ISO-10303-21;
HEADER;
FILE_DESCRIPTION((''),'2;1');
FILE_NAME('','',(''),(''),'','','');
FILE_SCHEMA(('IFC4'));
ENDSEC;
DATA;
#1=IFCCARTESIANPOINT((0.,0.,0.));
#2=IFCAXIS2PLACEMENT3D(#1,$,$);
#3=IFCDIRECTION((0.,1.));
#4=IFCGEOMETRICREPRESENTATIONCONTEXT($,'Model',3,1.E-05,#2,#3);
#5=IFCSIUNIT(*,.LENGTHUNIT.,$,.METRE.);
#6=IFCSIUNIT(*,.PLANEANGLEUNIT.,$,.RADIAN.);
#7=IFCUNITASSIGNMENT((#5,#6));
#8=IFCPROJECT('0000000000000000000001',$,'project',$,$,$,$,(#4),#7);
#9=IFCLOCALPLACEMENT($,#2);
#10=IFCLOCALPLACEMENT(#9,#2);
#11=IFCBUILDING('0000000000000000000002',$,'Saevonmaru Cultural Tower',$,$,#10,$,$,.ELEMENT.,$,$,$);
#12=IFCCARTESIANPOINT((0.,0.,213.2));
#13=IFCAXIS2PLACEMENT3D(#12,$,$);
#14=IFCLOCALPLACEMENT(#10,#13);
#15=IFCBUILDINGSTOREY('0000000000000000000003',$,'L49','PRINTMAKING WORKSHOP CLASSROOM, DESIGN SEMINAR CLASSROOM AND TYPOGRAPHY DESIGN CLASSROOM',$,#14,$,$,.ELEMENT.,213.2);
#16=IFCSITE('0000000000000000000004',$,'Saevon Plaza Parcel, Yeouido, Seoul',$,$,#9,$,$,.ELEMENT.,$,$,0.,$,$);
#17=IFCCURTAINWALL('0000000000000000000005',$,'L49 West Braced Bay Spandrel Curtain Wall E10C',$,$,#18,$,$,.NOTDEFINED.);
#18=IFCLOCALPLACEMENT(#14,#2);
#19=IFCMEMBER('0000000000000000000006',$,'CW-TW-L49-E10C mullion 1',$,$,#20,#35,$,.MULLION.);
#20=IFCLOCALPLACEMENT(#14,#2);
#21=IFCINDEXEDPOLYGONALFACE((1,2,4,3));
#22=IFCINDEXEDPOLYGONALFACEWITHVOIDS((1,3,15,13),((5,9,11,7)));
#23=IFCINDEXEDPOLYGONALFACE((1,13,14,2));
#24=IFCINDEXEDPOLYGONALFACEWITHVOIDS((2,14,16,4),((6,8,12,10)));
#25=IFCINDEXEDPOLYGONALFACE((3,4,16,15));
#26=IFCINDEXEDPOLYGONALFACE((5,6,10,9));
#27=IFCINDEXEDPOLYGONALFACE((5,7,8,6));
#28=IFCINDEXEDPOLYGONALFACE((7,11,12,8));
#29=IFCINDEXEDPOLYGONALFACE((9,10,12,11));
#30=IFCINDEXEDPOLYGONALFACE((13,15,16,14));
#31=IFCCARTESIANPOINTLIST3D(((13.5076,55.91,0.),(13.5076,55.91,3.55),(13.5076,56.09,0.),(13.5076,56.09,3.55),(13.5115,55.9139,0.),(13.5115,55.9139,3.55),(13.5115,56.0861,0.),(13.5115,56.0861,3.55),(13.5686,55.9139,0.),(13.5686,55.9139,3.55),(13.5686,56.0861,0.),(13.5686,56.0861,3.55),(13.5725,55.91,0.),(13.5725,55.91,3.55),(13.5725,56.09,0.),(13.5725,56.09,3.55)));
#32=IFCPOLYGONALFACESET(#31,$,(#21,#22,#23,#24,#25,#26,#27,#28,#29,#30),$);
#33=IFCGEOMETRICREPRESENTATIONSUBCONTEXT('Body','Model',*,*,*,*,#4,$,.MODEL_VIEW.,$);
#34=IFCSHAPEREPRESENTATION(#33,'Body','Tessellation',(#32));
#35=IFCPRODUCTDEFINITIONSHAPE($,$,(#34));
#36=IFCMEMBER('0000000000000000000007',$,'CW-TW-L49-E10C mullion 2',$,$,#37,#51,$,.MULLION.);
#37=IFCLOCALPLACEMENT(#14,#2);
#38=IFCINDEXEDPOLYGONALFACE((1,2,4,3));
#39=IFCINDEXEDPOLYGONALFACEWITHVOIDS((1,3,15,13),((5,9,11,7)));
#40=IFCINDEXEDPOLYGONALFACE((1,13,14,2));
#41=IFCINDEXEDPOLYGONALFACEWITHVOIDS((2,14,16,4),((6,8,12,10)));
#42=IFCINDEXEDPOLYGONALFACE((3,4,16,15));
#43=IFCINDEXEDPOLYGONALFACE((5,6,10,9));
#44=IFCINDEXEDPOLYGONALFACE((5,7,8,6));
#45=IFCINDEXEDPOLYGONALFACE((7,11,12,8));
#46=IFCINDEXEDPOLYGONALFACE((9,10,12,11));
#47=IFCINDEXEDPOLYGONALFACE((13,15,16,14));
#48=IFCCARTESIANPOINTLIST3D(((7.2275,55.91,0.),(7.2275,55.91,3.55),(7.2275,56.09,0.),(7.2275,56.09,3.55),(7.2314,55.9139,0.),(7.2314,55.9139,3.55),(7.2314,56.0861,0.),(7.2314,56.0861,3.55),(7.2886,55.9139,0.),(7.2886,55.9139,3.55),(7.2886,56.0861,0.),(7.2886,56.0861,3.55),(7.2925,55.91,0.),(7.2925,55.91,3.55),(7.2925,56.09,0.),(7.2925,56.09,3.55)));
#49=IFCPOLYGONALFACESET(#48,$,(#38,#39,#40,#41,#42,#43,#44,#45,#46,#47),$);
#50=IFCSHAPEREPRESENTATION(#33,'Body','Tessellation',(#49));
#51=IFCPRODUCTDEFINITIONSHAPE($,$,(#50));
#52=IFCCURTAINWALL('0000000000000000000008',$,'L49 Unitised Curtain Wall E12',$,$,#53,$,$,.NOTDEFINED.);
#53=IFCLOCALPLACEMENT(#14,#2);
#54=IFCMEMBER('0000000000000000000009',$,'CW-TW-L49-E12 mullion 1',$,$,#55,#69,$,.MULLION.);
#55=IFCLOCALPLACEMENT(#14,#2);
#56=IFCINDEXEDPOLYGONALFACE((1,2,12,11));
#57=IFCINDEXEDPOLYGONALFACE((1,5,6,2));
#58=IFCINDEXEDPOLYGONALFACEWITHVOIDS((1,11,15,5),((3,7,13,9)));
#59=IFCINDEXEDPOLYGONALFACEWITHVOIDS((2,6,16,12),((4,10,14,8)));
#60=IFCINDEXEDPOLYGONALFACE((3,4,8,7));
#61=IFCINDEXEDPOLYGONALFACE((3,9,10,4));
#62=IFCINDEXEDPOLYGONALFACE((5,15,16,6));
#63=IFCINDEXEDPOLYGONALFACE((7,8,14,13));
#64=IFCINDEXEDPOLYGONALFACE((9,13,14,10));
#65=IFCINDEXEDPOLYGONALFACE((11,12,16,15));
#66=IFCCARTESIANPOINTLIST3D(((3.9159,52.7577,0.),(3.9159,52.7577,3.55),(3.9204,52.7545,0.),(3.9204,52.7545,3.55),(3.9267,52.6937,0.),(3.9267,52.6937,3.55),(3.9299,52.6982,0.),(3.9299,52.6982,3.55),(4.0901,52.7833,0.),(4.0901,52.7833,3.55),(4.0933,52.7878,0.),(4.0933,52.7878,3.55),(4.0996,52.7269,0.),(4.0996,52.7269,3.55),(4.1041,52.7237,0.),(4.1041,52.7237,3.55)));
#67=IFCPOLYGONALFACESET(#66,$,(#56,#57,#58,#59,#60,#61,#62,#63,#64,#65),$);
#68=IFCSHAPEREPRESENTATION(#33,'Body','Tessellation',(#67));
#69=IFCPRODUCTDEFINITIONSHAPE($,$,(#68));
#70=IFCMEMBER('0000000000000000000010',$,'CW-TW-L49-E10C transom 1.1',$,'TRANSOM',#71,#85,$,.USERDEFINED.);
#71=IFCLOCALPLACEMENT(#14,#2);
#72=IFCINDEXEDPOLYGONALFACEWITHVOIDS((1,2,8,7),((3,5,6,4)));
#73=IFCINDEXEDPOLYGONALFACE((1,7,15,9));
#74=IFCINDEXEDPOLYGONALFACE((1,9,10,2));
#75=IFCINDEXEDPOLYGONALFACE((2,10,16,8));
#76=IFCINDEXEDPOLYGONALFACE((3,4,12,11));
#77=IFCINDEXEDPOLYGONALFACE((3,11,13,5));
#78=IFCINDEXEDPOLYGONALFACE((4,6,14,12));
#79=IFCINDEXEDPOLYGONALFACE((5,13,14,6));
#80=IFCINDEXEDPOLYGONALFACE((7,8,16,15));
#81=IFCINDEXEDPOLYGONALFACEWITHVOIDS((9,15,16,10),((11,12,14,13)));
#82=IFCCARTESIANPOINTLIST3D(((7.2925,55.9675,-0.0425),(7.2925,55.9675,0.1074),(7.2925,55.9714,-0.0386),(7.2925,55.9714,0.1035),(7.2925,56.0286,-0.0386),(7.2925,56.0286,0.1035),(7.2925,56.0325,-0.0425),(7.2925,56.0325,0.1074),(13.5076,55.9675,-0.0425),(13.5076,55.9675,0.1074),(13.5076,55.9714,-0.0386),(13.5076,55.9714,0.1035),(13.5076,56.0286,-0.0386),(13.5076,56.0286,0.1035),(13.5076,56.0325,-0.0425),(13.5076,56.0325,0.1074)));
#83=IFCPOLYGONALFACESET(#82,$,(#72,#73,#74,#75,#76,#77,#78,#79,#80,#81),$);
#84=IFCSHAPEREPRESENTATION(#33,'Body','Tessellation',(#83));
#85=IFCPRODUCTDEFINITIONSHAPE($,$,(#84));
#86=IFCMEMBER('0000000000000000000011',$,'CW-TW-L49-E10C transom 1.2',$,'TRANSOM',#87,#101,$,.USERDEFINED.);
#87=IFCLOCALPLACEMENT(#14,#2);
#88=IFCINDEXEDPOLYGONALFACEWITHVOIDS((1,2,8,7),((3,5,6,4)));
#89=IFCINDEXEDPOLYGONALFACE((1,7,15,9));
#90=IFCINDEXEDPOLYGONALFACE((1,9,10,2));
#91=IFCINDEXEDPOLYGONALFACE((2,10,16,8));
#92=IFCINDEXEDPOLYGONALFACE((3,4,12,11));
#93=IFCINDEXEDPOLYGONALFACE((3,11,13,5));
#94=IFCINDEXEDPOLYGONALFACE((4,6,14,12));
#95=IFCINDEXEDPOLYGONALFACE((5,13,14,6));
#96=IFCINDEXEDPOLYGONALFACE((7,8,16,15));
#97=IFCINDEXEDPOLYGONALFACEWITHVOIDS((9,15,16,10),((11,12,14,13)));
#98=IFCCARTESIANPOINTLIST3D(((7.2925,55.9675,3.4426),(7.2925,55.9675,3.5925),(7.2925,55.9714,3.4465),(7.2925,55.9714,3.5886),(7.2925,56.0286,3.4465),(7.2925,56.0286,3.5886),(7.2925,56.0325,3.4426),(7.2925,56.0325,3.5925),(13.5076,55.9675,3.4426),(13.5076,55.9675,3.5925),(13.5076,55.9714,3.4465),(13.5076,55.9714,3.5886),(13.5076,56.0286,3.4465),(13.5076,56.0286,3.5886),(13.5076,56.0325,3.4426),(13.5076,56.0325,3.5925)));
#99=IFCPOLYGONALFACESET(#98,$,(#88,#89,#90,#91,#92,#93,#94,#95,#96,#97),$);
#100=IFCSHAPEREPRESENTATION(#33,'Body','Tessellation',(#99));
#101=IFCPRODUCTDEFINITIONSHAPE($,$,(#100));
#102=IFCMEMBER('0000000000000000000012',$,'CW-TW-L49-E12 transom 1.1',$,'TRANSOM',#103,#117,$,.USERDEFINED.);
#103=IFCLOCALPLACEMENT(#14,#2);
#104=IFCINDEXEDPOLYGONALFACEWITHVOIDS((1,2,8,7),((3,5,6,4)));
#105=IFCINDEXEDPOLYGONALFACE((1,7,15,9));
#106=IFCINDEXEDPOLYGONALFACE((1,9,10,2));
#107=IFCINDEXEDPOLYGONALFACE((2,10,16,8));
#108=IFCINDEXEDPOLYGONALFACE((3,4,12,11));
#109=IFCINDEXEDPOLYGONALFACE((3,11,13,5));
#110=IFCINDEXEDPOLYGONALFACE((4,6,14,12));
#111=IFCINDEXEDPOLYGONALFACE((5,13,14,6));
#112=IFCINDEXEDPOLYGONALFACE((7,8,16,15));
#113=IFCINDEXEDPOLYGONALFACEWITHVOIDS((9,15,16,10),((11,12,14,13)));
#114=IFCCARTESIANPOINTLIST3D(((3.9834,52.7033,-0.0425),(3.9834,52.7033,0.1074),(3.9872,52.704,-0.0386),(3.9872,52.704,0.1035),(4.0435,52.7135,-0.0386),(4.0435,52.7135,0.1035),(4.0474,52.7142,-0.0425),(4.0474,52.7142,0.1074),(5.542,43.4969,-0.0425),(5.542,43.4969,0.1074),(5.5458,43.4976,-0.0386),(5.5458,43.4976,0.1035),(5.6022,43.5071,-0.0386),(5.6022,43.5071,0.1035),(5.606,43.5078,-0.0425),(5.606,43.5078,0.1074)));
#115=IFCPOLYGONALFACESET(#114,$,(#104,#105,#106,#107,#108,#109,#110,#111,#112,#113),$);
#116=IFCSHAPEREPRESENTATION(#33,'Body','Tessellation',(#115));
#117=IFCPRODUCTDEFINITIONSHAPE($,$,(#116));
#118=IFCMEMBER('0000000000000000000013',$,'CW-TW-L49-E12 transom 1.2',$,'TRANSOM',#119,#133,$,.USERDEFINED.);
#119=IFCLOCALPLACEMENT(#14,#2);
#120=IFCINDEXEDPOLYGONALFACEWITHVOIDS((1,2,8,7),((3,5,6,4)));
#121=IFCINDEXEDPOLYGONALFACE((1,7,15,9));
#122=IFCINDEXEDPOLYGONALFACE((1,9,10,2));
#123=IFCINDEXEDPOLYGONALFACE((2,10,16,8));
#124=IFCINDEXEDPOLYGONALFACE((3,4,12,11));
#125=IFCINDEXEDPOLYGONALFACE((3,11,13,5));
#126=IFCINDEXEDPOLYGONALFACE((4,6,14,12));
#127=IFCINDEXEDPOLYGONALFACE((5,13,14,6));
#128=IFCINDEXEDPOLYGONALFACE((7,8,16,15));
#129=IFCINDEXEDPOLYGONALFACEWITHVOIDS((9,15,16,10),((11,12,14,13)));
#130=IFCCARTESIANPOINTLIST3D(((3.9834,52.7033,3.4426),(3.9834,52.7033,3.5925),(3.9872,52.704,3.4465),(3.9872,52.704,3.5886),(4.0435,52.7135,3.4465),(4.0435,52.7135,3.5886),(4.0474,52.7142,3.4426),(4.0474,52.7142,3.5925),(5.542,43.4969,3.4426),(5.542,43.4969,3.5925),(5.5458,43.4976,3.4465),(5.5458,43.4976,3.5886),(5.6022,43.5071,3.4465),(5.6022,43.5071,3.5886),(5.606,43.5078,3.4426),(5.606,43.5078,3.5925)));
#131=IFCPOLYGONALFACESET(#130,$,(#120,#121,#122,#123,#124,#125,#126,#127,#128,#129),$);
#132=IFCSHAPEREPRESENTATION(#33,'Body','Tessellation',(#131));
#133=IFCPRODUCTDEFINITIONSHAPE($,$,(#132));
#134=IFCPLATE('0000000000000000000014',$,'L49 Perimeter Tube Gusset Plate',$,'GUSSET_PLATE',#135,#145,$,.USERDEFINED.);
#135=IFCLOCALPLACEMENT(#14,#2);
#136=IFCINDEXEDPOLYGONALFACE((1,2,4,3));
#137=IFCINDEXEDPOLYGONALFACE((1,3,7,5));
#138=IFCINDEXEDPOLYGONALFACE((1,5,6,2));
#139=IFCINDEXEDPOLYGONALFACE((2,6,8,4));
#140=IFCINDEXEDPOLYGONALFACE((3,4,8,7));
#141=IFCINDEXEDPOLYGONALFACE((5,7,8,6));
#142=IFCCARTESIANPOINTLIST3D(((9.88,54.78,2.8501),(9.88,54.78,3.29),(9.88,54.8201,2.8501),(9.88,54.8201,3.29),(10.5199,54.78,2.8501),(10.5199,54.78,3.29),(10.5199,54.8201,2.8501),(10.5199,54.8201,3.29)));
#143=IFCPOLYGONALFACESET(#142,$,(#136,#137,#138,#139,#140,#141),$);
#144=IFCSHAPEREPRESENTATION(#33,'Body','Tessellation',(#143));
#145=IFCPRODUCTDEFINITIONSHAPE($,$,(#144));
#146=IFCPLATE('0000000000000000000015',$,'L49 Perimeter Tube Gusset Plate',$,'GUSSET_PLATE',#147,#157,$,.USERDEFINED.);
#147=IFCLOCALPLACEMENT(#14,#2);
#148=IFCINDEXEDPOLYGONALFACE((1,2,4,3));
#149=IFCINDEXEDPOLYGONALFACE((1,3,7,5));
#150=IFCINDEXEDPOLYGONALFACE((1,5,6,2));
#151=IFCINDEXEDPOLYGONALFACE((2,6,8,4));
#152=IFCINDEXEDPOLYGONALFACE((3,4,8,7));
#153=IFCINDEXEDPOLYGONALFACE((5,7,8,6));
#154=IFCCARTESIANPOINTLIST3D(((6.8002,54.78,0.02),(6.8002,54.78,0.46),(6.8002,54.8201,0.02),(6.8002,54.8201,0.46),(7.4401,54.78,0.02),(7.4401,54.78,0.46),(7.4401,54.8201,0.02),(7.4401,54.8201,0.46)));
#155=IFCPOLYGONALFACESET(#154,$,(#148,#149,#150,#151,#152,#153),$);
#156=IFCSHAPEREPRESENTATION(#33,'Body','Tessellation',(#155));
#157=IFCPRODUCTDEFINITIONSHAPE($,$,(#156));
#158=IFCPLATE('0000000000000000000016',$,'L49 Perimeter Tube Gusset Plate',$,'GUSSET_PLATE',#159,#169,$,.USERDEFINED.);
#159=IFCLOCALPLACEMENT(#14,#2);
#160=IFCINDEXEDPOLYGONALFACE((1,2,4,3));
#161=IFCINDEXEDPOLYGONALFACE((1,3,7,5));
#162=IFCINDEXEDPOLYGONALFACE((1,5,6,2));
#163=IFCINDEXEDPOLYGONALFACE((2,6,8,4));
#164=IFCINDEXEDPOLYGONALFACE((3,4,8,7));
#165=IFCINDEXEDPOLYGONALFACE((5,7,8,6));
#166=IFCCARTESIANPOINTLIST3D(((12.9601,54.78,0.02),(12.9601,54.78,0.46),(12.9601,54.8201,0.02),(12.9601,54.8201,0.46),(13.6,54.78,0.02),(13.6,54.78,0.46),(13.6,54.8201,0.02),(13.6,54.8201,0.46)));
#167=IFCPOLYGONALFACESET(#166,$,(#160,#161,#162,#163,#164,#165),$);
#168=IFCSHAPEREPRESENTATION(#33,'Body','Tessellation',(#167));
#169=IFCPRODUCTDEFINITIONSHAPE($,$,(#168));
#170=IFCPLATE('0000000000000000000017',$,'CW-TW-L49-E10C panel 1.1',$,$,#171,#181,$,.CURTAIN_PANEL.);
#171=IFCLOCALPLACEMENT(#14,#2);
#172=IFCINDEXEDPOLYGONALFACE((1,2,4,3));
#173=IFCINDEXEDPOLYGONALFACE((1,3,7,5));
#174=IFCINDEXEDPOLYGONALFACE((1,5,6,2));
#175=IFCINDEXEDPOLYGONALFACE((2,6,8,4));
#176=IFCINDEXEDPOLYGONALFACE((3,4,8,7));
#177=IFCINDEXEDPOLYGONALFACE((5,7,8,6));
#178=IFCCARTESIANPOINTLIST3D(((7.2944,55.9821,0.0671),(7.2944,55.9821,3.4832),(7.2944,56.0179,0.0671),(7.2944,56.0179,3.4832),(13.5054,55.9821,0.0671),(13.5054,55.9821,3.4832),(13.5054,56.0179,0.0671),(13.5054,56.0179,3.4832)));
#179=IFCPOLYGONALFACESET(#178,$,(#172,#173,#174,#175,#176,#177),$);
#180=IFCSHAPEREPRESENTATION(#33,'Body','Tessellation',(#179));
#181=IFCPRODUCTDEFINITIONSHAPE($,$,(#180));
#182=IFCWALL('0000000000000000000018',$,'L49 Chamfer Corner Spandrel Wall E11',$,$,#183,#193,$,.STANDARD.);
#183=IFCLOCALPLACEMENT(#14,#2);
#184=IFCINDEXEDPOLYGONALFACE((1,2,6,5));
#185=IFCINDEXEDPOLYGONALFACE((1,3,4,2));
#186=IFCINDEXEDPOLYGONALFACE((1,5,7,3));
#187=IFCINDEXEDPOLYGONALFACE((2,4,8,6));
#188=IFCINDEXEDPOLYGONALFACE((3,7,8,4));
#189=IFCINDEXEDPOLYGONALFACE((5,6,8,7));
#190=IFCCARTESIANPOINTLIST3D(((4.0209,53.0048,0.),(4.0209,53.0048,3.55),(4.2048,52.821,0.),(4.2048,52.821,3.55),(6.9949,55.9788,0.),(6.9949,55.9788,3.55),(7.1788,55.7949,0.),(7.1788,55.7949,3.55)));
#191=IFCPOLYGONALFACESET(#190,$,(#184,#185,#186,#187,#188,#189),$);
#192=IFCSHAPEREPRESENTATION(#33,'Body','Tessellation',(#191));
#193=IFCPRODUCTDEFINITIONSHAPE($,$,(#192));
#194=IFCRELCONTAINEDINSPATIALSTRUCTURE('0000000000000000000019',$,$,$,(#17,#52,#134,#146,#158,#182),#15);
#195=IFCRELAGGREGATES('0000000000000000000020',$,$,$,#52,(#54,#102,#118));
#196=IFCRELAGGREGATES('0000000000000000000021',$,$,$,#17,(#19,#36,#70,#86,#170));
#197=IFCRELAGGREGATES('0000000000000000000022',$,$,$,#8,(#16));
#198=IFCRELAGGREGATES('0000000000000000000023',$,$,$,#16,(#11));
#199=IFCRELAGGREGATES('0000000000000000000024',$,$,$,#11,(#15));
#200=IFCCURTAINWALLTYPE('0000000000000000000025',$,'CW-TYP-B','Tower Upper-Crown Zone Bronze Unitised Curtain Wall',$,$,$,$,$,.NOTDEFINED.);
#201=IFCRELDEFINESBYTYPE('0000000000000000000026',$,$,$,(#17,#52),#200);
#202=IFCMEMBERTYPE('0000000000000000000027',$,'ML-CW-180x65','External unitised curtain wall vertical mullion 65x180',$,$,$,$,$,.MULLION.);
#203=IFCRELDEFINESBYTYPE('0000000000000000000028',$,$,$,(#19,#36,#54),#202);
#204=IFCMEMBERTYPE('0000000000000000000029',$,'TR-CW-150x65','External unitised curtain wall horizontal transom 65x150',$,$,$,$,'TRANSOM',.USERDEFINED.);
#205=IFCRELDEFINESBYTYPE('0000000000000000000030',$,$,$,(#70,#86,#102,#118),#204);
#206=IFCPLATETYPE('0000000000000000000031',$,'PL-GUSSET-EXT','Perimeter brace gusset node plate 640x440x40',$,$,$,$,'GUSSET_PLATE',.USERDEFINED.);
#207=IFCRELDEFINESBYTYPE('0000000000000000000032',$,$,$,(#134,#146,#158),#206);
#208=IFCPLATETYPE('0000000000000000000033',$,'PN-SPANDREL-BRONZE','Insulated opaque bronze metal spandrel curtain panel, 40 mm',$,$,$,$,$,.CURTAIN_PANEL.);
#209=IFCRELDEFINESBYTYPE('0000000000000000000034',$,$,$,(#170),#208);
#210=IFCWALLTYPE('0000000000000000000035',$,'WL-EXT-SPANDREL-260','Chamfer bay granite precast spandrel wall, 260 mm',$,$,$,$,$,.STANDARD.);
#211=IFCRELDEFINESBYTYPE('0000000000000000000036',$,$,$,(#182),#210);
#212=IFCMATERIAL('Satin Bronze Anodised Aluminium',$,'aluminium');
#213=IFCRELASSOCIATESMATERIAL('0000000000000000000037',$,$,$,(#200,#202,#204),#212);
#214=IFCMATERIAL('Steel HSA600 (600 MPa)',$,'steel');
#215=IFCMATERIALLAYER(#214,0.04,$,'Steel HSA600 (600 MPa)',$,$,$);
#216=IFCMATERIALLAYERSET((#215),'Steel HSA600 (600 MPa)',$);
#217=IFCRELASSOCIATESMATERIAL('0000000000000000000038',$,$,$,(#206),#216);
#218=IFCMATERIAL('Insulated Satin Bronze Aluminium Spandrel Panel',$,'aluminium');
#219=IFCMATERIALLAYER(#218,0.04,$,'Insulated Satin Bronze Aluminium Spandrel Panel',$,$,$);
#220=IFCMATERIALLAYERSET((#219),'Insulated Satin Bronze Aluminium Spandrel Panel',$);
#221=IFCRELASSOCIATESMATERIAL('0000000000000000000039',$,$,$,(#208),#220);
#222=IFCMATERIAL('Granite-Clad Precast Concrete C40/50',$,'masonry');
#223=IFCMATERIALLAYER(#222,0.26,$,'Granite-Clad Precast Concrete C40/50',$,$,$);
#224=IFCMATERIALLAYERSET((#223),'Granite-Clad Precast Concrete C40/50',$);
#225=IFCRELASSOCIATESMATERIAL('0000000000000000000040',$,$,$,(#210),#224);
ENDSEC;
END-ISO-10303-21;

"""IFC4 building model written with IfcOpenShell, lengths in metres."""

from ifc_helpers import new_model, si_unit, direction, frame, frame_2d, origin, origin_2d, place, context, subcontext, project, spatial, rectangle, hollow_rectangle, extrude, material, layer, layer_set, material_profile, profile_set, type_object, element, aggregate, save


model = new_model("IFC4")

# Units and contexts
model_context = context("Model", 3, precision=1e-05, world=origin(), true_north=direction((0.0, 1.0)))
body_context = subcontext(model_context, "Body", "Model", "MODEL_VIEW")
ifc_project = project(units=[si_unit("LENGTHUNIT", "METRE"), si_unit("PLANEANGLEUNIT", "RADIAN")], contexts=[model_context])

# Site, building, storey
site_placement = place(None, origin())
site = spatial("IfcSite", under=ifc_project, at=site_placement, Name="Saevon Plaza Parcel, Yeouido, Seoul", CompositionType="ELEMENT", RefElevation=0.0)
building_placement = place(site_placement, origin())
building = spatial("IfcBuilding", under=site, at=building_placement, Name="Saevonmaru Cultural Tower", CompositionType="ELEMENT")
storey_placement = place(building_placement, frame((0.0, 0.0, 213.2)))
storey = spatial("IfcBuildingStorey", under=building, at=storey_placement, Name="L49", Description="PRINTMAKING WORKSHOP CLASSROOM, DESIGN SEMINAR CLASSROOM AND TYPOGRAPHY DESIGN CLASSROOM", CompositionType="ELEMENT", Elevation=213.2)

# Curtain wall, members
ifc_material_1 = material(Name="Satin Bronze Anodised Aluminium", Category="aluminium")
curtain_wall_type = type_object("IfcCurtainWallType", Name="CW-TYP-B", Description="Tower Upper-Crown Zone Bronze Unitised Curtain Wall", PredefinedType="NOTDEFINED", material=ifc_material_1)
curtain_wall_1_placement = place(storey_placement, origin())
curtain_wall_1 = element("IfcCurtainWall", 1, at=curtain_wall_1_placement, inside=storey, type_object=curtain_wall_type, Name="L49 West Braced Bay Spandrel Curtain Wall E10C", PredefinedType="NOTDEFINED")
ifc_material_profile_1 = material_profile(ifc_material_1, hollow_rectangle(XDim=0.0649, YDim=0.1799, WallThickness=0.0039, at=origin_2d()), Name="ALU-MULL-180x65x4")
ifc_profile_set_1 = profile_set([ifc_material_profile_1], Name="Satin Bronze Anodised Aluminium")
member_type_1 = type_object("IfcMemberType", Name="ML-CW-180x65", Description="External unitised curtain wall vertical mullion 65x180", PredefinedType="MULLION", material=ifc_profile_set_1)
member_1_placement = place(storey_placement, frame((13.54, 56.0, 0.0), z_axis=(0.0, 0.0, 1.0), x_axis=(-1.0, 0.0, 0.0)))
member_1 = element("IfcMember", 2, at=member_1_placement, type_object=member_type_1, Name="CW-TW-L49-E10C mullion 1", PredefinedType="MULLION", context=body_context, shape_type="SweptSolid", body=[
    extrude(hollow_rectangle(XDim=0.0649, YDim=0.1799, WallThickness=0.0039, at=origin_2d()), origin(), (0.0, 0.0, 1.0), 3.55),
])
member_2_placement = place(storey_placement, frame((7.26, 56.0, 0.0), z_axis=(0.0, 0.0, 1.0), x_axis=(-1.0, 0.0, 0.0)))
member_2 = element("IfcMember", 3, at=member_2_placement, type_object=member_type_1, Name="CW-TW-L49-E10C mullion 2", PredefinedType="MULLION", context=body_context, shape_type="SweptSolid", body=[
    extrude(hollow_rectangle(XDim=0.0649, YDim=0.1799, WallThickness=0.0039, at=origin_2d()), origin(), (0.0, 0.0, 1.0), 3.55),
])

# Curtain wall, member
curtain_wall_2_placement = place(storey_placement, origin())
curtain_wall_2 = element("IfcCurtainWall", 4, at=curtain_wall_2_placement, inside=storey, type_object=curtain_wall_type, Name="L49 Unitised Curtain Wall E12", PredefinedType="NOTDEFINED")
member_3_placement = place(storey_placement, frame((4.01, 52.7407, 0.0), z_axis=(0.0, 0.0, 1.0), x_axis=(0.166922, -0.98597, 0.0)))
member_3 = element("IfcMember", 5, at=member_3_placement, type_object=member_type_1, Name="CW-TW-L49-E12 mullion 1", PredefinedType="MULLION", context=body_context, shape_type="SweptSolid", body=[
    extrude(hollow_rectangle(XDim=0.0649, YDim=0.1799, WallThickness=0.0039, at=origin_2d()), origin(), (0.0, 0.0, 1.0), 3.55),
])

# Members
ifc_material_profile_2 = material_profile(ifc_material_1, hollow_rectangle(XDim=0.0649, YDim=0.1499, WallThickness=0.0039, at=origin_2d()), Name="ALU-TRAN-150x65x4")
ifc_profile_set_2 = profile_set([ifc_material_profile_2], Name="Satin Bronze Anodised Aluminium")
member_type_2 = type_object("IfcMemberType", Name="TR-CW-150x65", Description="External unitised curtain wall horizontal transom 65x150", ElementType="TRANSOM", PredefinedType="USERDEFINED", material=ifc_profile_set_2)
member_4_placement = place(storey_placement, frame((13.5076, 56.0, 0.0325), z_axis=(-1.0, 0.0, 0.0), x_axis=(0.0, -1.0, 0.0)))
member_4 = element("IfcMember", 6, at=member_4_placement, type_object=member_type_2, Name="CW-TW-L49-E10C transom 1.1", ObjectType="TRANSOM", PredefinedType="USERDEFINED", context=body_context, shape_type="SweptSolid", body=[
    extrude(hollow_rectangle(XDim=0.0649, YDim=0.1499, WallThickness=0.0039, at=origin_2d()), origin(), (0.0, 0.0, 1.0), 6.2151),
])
member_5_placement = place(storey_placement, frame((13.5076, 56.0, 3.5176), z_axis=(-1.0, 0.0, 0.0), x_axis=(0.0, -1.0, 0.0)))
member_5 = element("IfcMember", 7, at=member_5_placement, type_object=member_type_2, Name="CW-TW-L49-E10C transom 1.2", ObjectType="TRANSOM", PredefinedType="USERDEFINED", context=body_context, shape_type="SweptSolid", body=[
    extrude(hollow_rectangle(XDim=0.0649, YDim=0.1499, WallThickness=0.0039, at=origin_2d()), origin(), (0.0, 0.0, 1.0), 6.2151),
])
member_6_placement = place(storey_placement, frame((4.0154, 52.7087, 0.0325), z_axis=(0.166921, -0.98597, 0.0), x_axis=(0.98597, 0.166921, 0.0)))
member_6 = element("IfcMember", 8, at=member_6_placement, type_object=member_type_2, Name="CW-TW-L49-E12 transom 1.1", ObjectType="TRANSOM", PredefinedType="USERDEFINED", context=body_context, shape_type="SweptSolid", body=[
    extrude(hollow_rectangle(XDim=0.0649, YDim=0.1499, WallThickness=0.0039, at=origin_2d()), origin(), (0.0, 0.0, 1.0), 9.3374),
])
member_7_placement = place(storey_placement, frame((4.0154, 52.7087, 3.5176), z_axis=(0.166921, -0.98597, 0.0), x_axis=(0.98597, 0.166921, 0.0)))
member_7 = element("IfcMember", 9, at=member_7_placement, type_object=member_type_2, Name="CW-TW-L49-E12 transom 1.2", ObjectType="TRANSOM", PredefinedType="USERDEFINED", context=body_context, shape_type="SweptSolid", body=[
    extrude(hollow_rectangle(XDim=0.0649, YDim=0.1499, WallThickness=0.0039, at=origin_2d()), origin(), (0.0, 0.0, 1.0), 9.3374),
])
aggregate(curtain_wall_2, [member_3, member_6, member_7])

# Plates
ifc_material_2 = material(Name="Steel HSA600 (600 MPa)", Category="steel")
ifc_layer_1 = layer(ifc_material_2, 0.04, Name="Steel HSA600 (600 MPa)")
ifc_layer_set_1 = layer_set([ifc_layer_1], Name="Steel HSA600 (600 MPa)")
plate_type_1 = type_object("IfcPlateType", Name="PL-GUSSET-EXT", Description="Perimeter brace gusset node plate 640x440x40", ElementType="GUSSET_PLATE", PredefinedType="USERDEFINED", material=ifc_layer_set_1)
for number, where, z_axis, x_axis, name in (
    (10, (10.2, 54.8, 2.8501), (0.0, 0.0, 1.0), (1.0, 0.0, 0.0), "L49 Perimeter Tube Gusset Plate"),
    (11, (7.1201, 54.8, 0.02), (0.0, 0.0, 1.0), (1.0, 0.0, 0.0), "L49 Perimeter Tube Gusset Plate"),
    (12, (13.28, 54.8, 0.02), (0.0, 0.0, 1.0), (1.0, 0.0, 0.0), "L49 Perimeter Tube Gusset Plate"),
):
    element("IfcPlate", number, at=place(storey_placement, frame(where, z_axis=z_axis, x_axis=x_axis)), inside=storey, type_object=plate_type_1, Name=name, ObjectType="GUSSET_PLATE", PredefinedType="USERDEFINED", context=body_context, shape_type="SweptSolid", body=[
        extrude(rectangle(XDim=0.6399, YDim=0.04, at=origin_2d()), origin(), (0.0, 0.0, 1.0), 0.4399),
    ])

# Plate
ifc_material_3 = material(Name="Insulated Satin Bronze Aluminium Spandrel Panel", Category="aluminium")
ifc_layer_2 = layer(ifc_material_3, 0.04, Name="Insulated Satin Bronze Aluminium Spandrel Panel")
ifc_layer_set_2 = layer_set([ifc_layer_2], Name="Insulated Satin Bronze Aluminium Spandrel Panel")
plate_type_2 = type_object("IfcPlateType", Name="PN-SPANDREL-BRONZE", Description="Insulated opaque bronze metal spandrel curtain panel, 40 mm", PredefinedType="CURTAIN_PANEL", material=ifc_layer_set_2)
plate_placement = place(storey_placement, frame((10.3999, 56.0, 0.0671), z_axis=(0.0, 0.0, 1.0), x_axis=(-1.0, 0.0, 0.0)))
plate = element("IfcPlate", 13, at=plate_placement, type_object=plate_type_2, Name="CW-TW-L49-E10C panel 1.1", PredefinedType="CURTAIN_PANEL", context=body_context, shape_type="SweptSolid", body=[
    extrude(rectangle(XDim=6.2109, YDim=0.0359, at=origin_2d()), origin(), (0.0, 0.0, 1.0), 3.416),
])
aggregate(curtain_wall_1, [member_1, member_2, member_4, member_5, plate])

# Wall
ifc_material_4 = material(Name="Granite-Clad Precast Concrete C40/50", Category="masonry")
ifc_layer_3 = layer(ifc_material_4, 0.26, Name="Granite-Clad Precast Concrete C40/50")
ifc_layer_set_3 = layer_set([ifc_layer_3], Name="Granite-Clad Precast Concrete C40/50")
wall_type_1 = type_object("IfcWallType", Name="WL-EXT-SPANDREL-260", Description="Chamfer bay granite precast spandrel wall, 260 mm", PredefinedType="STANDARD", material=ifc_layer_set_3)
wall_1_placement = place(storey_placement, frame((7.0869, 55.887, 0.0), z_axis=(0.0, 0.0, 1.0), x_axis=(-0.707107, -0.707107, 0.0)))
element("IfcWall", 14, at=wall_1_placement, inside=storey, type_object=wall_type_1, Name="L49 Chamfer Corner Spandrel Wall E11", PredefinedType="STANDARD", context=body_context, shape_type="SweptSolid", body=[
    extrude(rectangle(XDim=4.2058, YDim=0.26, at=frame_2d((2.103, 0.0))), origin(), (0.0, 0.0, 1.0), 3.55),
])

save(model, "model.ifc")
